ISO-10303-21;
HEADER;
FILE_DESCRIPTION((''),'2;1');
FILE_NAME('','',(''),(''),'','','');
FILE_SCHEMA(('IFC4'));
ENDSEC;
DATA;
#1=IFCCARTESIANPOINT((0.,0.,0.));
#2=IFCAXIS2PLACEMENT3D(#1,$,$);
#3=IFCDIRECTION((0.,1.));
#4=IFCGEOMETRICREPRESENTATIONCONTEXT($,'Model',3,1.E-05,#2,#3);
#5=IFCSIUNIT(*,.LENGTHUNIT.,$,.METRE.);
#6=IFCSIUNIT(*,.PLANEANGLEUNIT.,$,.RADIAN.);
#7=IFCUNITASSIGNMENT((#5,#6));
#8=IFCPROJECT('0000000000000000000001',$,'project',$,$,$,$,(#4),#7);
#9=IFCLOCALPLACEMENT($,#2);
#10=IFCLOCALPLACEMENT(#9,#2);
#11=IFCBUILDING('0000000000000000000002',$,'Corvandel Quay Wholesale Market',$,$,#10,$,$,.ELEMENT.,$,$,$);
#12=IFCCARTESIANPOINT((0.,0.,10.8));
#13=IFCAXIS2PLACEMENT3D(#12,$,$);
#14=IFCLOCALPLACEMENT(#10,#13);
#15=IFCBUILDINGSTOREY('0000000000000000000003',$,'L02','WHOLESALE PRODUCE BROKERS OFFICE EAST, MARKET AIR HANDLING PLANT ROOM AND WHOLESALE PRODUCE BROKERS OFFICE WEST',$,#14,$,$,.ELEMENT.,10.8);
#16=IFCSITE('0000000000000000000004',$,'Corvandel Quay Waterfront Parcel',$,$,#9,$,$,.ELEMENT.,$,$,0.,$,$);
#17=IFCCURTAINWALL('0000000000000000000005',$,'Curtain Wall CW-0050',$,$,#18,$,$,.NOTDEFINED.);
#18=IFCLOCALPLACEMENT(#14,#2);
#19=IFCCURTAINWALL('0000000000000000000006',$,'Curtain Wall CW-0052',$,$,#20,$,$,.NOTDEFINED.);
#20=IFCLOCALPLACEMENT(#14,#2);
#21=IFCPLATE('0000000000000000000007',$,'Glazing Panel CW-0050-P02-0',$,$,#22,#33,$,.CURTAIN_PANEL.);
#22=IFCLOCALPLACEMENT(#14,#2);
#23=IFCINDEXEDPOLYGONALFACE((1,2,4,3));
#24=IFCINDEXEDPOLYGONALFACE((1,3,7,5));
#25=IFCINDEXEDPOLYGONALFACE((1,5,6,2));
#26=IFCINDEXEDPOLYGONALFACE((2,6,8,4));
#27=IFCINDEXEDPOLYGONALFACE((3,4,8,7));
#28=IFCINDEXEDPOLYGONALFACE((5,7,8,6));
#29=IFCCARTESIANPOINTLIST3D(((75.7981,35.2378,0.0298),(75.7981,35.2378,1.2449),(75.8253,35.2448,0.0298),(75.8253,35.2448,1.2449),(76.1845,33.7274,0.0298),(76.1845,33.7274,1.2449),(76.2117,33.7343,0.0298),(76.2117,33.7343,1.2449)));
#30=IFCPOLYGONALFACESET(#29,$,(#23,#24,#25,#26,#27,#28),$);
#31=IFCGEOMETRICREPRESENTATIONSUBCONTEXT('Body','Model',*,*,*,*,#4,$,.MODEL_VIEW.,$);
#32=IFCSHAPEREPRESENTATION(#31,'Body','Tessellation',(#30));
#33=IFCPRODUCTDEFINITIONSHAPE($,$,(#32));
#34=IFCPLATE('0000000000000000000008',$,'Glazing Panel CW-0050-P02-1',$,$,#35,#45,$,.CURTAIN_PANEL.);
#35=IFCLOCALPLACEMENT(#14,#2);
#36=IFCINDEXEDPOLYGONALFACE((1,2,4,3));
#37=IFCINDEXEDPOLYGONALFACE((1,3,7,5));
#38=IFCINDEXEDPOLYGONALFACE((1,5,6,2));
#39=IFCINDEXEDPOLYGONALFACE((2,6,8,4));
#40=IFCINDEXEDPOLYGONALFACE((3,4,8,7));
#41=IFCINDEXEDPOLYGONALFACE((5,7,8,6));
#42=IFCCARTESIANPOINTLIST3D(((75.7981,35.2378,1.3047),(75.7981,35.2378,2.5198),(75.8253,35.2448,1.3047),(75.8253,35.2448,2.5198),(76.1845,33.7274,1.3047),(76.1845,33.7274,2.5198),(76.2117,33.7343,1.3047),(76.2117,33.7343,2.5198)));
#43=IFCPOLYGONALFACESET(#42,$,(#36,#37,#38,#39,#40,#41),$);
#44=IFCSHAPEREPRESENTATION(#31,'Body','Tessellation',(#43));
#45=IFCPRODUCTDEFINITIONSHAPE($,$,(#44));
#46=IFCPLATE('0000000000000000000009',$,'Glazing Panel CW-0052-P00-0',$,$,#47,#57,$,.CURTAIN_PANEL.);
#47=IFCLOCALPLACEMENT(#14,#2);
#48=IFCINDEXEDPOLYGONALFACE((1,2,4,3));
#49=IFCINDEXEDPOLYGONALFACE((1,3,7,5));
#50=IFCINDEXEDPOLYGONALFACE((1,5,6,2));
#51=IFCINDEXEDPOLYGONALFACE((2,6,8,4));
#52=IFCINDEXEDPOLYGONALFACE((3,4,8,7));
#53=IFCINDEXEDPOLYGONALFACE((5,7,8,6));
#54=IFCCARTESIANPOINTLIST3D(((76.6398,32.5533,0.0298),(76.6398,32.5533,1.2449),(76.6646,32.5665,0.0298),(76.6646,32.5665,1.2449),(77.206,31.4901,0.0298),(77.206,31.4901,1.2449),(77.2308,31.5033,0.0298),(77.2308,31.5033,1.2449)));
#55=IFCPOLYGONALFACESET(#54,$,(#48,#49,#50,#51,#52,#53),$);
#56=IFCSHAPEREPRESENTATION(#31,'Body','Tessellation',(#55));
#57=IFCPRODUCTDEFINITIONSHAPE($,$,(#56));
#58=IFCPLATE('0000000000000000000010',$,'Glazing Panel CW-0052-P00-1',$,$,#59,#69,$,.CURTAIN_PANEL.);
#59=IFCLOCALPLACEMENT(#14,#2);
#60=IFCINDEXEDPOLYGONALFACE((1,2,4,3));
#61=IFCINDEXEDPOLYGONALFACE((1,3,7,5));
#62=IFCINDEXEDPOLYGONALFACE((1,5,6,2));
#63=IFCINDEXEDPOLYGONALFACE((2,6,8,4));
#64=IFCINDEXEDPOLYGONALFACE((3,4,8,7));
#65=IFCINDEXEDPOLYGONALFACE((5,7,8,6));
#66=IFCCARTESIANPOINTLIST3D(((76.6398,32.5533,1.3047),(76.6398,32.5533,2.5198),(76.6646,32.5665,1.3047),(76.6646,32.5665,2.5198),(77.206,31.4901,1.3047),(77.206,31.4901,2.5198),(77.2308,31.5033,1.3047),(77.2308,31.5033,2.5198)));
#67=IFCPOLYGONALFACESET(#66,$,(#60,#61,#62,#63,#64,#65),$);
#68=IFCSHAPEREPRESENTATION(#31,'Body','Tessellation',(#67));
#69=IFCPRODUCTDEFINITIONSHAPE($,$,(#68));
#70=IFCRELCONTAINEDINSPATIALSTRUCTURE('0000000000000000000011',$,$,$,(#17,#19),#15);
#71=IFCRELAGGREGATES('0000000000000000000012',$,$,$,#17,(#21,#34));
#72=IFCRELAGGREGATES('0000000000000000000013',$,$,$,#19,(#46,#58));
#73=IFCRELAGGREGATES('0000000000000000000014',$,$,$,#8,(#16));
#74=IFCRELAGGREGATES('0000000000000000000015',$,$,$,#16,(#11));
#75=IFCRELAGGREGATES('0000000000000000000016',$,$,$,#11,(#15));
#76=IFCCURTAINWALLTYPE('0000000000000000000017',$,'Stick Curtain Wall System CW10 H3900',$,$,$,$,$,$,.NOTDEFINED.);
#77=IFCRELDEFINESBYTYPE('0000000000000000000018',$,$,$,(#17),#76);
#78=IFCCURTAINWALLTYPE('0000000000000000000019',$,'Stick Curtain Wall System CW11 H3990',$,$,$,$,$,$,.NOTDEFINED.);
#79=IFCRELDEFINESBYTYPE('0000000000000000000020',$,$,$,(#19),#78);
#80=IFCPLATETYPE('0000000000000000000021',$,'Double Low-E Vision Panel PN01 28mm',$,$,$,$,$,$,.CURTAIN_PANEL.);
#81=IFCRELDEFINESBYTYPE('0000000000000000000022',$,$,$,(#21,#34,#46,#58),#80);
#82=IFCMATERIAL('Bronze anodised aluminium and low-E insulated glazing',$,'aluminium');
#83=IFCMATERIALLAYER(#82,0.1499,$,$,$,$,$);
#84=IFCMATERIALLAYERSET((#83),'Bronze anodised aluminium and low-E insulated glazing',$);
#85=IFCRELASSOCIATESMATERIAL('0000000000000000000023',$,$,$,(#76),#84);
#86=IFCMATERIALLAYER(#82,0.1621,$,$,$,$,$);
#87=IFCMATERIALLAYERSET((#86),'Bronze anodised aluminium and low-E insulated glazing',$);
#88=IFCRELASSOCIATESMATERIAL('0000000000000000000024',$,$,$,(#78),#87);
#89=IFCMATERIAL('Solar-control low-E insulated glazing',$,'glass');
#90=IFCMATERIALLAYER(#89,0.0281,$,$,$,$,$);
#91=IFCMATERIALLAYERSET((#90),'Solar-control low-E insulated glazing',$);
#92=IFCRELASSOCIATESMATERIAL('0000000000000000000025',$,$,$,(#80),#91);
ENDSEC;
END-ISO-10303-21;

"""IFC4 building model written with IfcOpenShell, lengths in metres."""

from ifc_helpers import new_model, si_unit, direction, frame, origin, origin_2d, place, context, subcontext, project, spatial, rectangle, extrude, material, layer, layer_set, type_object, element, aggregate, save


model = new_model("IFC4")

# Units and contexts
model_context = context("Model", 3, precision=1e-05, world=origin(), true_north=direction((0.0, 1.0)))
body_context = subcontext(model_context, "Body", "Model", "MODEL_VIEW")
ifc_project = project(units=[si_unit("LENGTHUNIT", "METRE"), si_unit("PLANEANGLEUNIT", "RADIAN")], contexts=[model_context])

# Site, building, storey
site_placement = place(None, origin())
site = spatial("IfcSite", under=ifc_project, at=site_placement, Name="Corvandel Quay Waterfront Parcel", CompositionType="ELEMENT", RefElevation=0.0)
building_placement = place(site_placement, origin())
building = spatial("IfcBuilding", under=site, at=building_placement, Name="Corvandel Quay Wholesale Market", CompositionType="ELEMENT")
storey_placement = place(building_placement, frame((0.0, 0.0, 10.8)))
storey = spatial("IfcBuildingStorey", under=building, at=storey_placement, Name="L02", Description="WHOLESALE PRODUCE BROKERS OFFICE EAST, MARKET AIR HANDLING PLANT ROOM AND WHOLESALE PRODUCE BROKERS OFFICE WEST", CompositionType="ELEMENT", Elevation=10.8)

# Curtain walls
ifc_material_1 = material(Name="Bronze anodised aluminium and low-E insulated glazing", Category="aluminium")
ifc_layer_1 = layer(ifc_material_1, 0.1499)
ifc_layer_set_1 = layer_set([ifc_layer_1], Name="Bronze anodised aluminium and low-E insulated glazing")
curtain_wall_type_1 = type_object("IfcCurtainWallType", Name="Stick Curtain Wall System CW10 H3900", PredefinedType="NOTDEFINED", material=ifc_layer_set_1)
curtain_wall_1_placement = place(storey_placement, origin())
curtain_wall_1 = element("IfcCurtainWall", 1, at=curtain_wall_1_placement, inside=storey, type_object=curtain_wall_type_1, Name="Curtain Wall CW-0050", PredefinedType="NOTDEFINED")
ifc_layer_2 = layer(ifc_material_1, 0.1621)
ifc_layer_set_2 = layer_set([ifc_layer_2], Name="Bronze anodised aluminium and low-E insulated glazing")
curtain_wall_type_2 = type_object("IfcCurtainWallType", Name="Stick Curtain Wall System CW11 H3990", PredefinedType="NOTDEFINED", material=ifc_layer_set_2)
curtain_wall_2_placement = place(storey_placement, origin())
curtain_wall_2 = element("IfcCurtainWall", 2, at=curtain_wall_2_placement, inside=storey, type_object=curtain_wall_type_2, Name="Curtain Wall CW-0052", PredefinedType="NOTDEFINED")

# Plates
ifc_material_2 = material(Name="Solar-control low-E insulated glazing", Category="glass")
ifc_layer_3 = layer(ifc_material_2, 0.0281)
ifc_layer_set_3 = layer_set([ifc_layer_3], Name="Solar-control low-E insulated glazing")
plate_type = type_object("IfcPlateType", Name="Double Low-E Vision Panel PN01 28mm", PredefinedType="CURTAIN_PANEL", material=ifc_layer_set_3)
plate_1_placement = place(storey_placement, frame((76.0049, 34.4861, 0.0298), z_axis=(0.0, 0.0, 1.0), x_axis=(-0.247845, 0.9688, 0.0)))
plate_1 = element("IfcPlate", 3, at=plate_1_placement, type_object=plate_type, Name="Glazing Panel CW-0050-P02-0", PredefinedType="CURTAIN_PANEL", context=body_context, shape_type="SweptSolid", body=[
    extrude(rectangle(XDim=1.5591, YDim=0.0281, at=origin_2d()), origin(), (0.0, 0.0, 1.0), 1.2151),
])
plate_2_placement = place(storey_placement, frame((76.0049, 34.4861, 1.3047), z_axis=(0.0, 0.0, 1.0), x_axis=(-0.247845, 0.9688, 0.0)))
plate_2 = element("IfcPlate", 4, at=plate_2_placement, type_object=plate_type, Name="Glazing Panel CW-0050-P02-1", PredefinedType="CURTAIN_PANEL", context=body_context, shape_type="SweptSolid", body=[
    extrude(rectangle(XDim=1.5591, YDim=0.0281, at=origin_2d()), origin(), (0.0, 0.0, 1.0), 1.2151),
])
aggregate(curtain_wall_1, [plate_1, plate_2])
plate_3_placement = place(storey_placement, frame((76.9353, 32.0283, 0.0298), z_axis=(0.0, 0.0, 1.0), x_axis=(-0.470088, 0.88262, 0.0)))
plate_3 = element("IfcPlate", 5, at=plate_3_placement, type_object=plate_type, Name="Glazing Panel CW-0052-P00-0", PredefinedType="CURTAIN_PANEL", context=body_context, shape_type="SweptSolid", body=[
    extrude(rectangle(XDim=1.2046, YDim=0.0281, at=origin_2d()), origin(), (0.0, 0.0, 1.0), 1.2151),
])
plate_4_placement = place(storey_placement, frame((76.9353, 32.0283, 1.3047), z_axis=(0.0, 0.0, 1.0), x_axis=(-0.470088, 0.88262, 0.0)))
plate_4 = element("IfcPlate", 6, at=plate_4_placement, type_object=plate_type, Name="Glazing Panel CW-0052-P00-1", PredefinedType="CURTAIN_PANEL", context=body_context, shape_type="SweptSolid", body=[
    extrude(rectangle(XDim=1.2046, YDim=0.0281, at=origin_2d()), origin(), (0.0, 0.0, 1.0), 1.2151),
])
aggregate(curtain_wall_2, [plate_3, plate_4])

save(model, "model.ifc")
